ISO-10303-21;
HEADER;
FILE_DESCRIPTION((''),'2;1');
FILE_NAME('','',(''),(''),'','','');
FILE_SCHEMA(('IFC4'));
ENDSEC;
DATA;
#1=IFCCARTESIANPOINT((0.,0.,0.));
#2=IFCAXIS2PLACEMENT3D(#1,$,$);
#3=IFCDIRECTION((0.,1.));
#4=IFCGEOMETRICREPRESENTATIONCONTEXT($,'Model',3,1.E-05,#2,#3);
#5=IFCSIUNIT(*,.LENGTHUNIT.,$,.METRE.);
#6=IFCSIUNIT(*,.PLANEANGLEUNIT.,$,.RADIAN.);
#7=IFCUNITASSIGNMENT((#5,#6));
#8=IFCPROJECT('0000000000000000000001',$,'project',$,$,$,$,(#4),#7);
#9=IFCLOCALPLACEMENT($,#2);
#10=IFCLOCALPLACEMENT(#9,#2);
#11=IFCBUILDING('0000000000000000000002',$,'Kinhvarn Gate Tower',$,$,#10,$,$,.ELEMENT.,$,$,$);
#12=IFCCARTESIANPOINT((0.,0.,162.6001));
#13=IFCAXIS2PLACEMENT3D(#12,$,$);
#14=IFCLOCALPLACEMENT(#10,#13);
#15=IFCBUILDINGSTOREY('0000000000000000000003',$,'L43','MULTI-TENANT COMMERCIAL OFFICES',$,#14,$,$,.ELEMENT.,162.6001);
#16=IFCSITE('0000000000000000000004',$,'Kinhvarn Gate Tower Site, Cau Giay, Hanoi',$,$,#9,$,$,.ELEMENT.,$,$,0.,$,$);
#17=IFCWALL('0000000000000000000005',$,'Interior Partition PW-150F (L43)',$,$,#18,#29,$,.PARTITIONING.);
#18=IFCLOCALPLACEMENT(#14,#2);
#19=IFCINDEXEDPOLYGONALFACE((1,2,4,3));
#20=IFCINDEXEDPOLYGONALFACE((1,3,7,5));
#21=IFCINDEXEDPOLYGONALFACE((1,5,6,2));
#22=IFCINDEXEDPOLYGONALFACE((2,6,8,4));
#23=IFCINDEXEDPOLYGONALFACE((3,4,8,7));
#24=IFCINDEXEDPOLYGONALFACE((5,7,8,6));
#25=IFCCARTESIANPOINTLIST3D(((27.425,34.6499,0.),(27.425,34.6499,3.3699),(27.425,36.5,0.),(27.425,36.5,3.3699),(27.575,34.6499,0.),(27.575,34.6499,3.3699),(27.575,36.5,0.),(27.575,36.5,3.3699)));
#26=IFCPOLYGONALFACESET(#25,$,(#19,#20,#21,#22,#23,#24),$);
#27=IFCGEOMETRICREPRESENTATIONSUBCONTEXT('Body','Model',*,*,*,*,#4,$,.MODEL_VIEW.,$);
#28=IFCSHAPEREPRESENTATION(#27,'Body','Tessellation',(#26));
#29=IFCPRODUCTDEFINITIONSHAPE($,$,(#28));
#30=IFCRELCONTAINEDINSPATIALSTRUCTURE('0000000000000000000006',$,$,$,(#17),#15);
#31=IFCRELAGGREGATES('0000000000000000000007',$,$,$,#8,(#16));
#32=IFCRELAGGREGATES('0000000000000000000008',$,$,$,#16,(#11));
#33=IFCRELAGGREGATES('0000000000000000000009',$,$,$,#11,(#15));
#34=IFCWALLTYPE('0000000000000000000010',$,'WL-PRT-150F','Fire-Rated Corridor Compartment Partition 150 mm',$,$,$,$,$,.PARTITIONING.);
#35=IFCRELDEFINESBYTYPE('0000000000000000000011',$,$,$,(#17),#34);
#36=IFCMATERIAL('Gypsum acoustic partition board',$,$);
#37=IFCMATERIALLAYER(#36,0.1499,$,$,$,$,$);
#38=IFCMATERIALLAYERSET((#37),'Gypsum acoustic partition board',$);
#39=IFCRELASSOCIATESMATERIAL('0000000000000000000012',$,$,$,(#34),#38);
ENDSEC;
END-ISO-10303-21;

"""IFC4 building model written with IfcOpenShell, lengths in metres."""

from ifc_helpers import new_model, si_unit, direction, frame, frame_2d, origin, place, context, subcontext, project, spatial, rectangle, extrude, material, layer, layer_set, type_object, element, save


model = new_model("IFC4")

# Units and contexts
model_context = context("Model", 3, precision=1e-05, world=origin(), true_north=direction((0.0, 1.0)))
body_context = subcontext(model_context, "Body", "Model", "MODEL_VIEW")
ifc_project = project(units=[si_unit("LENGTHUNIT", "METRE"), si_unit("PLANEANGLEUNIT", "RADIAN")], contexts=[model_context])

# Site, building, storey
site_placement = place(None, origin())
site = spatial("IfcSite", under=ifc_project, at=site_placement, Name="Kinhvarn Gate Tower Site, Cau Giay, Hanoi", CompositionType="ELEMENT", RefElevation=0.0)
building_placement = place(site_placement, origin())
building = spatial("IfcBuilding", under=site, at=building_placement, Name="Kinhvarn Gate Tower", CompositionType="ELEMENT")
storey_placement = place(building_placement, frame((0.0, 0.0, 162.6001)))
storey = spatial("IfcBuildingStorey", under=building, at=storey_placement, Name="L43", Description="MULTI-TENANT COMMERCIAL OFFICES", CompositionType="ELEMENT", Elevation=162.6001)

# Wall
ifc_material_1 = material(Name="Gypsum acoustic partition board")
ifc_layer_1 = layer(ifc_material_1, 0.1499)
ifc_layer_set_1 = layer_set([ifc_layer_1], Name="Gypsum acoustic partition board")
wall_type_1 = type_object("IfcWallType", Name="WL-PRT-150F", Description="Fire-Rated Corridor Compartment Partition 150 mm", PredefinedType="PARTITIONING", material=ifc_layer_set_1)
wall_1_placement = place(storey_placement, frame((27.5, 34.6499, 0.0), z_axis=(0.0, 0.0, 1.0), x_axis=(0.0, 1.0, 0.0)))
element("IfcWall", 1, at=wall_1_placement, inside=storey, type_object=wall_type_1, Name="Interior Partition PW-150F (L43)", PredefinedType="PARTITIONING", context=body_context, shape_type="SweptSolid", body=[
    extrude(rectangle(XDim=1.8501, YDim=0.1499, at=frame_2d((0.925, 0.0))), origin(), (0.0, 0.0, 1.0), 3.3699),
])

save(model, "model.ifc")
